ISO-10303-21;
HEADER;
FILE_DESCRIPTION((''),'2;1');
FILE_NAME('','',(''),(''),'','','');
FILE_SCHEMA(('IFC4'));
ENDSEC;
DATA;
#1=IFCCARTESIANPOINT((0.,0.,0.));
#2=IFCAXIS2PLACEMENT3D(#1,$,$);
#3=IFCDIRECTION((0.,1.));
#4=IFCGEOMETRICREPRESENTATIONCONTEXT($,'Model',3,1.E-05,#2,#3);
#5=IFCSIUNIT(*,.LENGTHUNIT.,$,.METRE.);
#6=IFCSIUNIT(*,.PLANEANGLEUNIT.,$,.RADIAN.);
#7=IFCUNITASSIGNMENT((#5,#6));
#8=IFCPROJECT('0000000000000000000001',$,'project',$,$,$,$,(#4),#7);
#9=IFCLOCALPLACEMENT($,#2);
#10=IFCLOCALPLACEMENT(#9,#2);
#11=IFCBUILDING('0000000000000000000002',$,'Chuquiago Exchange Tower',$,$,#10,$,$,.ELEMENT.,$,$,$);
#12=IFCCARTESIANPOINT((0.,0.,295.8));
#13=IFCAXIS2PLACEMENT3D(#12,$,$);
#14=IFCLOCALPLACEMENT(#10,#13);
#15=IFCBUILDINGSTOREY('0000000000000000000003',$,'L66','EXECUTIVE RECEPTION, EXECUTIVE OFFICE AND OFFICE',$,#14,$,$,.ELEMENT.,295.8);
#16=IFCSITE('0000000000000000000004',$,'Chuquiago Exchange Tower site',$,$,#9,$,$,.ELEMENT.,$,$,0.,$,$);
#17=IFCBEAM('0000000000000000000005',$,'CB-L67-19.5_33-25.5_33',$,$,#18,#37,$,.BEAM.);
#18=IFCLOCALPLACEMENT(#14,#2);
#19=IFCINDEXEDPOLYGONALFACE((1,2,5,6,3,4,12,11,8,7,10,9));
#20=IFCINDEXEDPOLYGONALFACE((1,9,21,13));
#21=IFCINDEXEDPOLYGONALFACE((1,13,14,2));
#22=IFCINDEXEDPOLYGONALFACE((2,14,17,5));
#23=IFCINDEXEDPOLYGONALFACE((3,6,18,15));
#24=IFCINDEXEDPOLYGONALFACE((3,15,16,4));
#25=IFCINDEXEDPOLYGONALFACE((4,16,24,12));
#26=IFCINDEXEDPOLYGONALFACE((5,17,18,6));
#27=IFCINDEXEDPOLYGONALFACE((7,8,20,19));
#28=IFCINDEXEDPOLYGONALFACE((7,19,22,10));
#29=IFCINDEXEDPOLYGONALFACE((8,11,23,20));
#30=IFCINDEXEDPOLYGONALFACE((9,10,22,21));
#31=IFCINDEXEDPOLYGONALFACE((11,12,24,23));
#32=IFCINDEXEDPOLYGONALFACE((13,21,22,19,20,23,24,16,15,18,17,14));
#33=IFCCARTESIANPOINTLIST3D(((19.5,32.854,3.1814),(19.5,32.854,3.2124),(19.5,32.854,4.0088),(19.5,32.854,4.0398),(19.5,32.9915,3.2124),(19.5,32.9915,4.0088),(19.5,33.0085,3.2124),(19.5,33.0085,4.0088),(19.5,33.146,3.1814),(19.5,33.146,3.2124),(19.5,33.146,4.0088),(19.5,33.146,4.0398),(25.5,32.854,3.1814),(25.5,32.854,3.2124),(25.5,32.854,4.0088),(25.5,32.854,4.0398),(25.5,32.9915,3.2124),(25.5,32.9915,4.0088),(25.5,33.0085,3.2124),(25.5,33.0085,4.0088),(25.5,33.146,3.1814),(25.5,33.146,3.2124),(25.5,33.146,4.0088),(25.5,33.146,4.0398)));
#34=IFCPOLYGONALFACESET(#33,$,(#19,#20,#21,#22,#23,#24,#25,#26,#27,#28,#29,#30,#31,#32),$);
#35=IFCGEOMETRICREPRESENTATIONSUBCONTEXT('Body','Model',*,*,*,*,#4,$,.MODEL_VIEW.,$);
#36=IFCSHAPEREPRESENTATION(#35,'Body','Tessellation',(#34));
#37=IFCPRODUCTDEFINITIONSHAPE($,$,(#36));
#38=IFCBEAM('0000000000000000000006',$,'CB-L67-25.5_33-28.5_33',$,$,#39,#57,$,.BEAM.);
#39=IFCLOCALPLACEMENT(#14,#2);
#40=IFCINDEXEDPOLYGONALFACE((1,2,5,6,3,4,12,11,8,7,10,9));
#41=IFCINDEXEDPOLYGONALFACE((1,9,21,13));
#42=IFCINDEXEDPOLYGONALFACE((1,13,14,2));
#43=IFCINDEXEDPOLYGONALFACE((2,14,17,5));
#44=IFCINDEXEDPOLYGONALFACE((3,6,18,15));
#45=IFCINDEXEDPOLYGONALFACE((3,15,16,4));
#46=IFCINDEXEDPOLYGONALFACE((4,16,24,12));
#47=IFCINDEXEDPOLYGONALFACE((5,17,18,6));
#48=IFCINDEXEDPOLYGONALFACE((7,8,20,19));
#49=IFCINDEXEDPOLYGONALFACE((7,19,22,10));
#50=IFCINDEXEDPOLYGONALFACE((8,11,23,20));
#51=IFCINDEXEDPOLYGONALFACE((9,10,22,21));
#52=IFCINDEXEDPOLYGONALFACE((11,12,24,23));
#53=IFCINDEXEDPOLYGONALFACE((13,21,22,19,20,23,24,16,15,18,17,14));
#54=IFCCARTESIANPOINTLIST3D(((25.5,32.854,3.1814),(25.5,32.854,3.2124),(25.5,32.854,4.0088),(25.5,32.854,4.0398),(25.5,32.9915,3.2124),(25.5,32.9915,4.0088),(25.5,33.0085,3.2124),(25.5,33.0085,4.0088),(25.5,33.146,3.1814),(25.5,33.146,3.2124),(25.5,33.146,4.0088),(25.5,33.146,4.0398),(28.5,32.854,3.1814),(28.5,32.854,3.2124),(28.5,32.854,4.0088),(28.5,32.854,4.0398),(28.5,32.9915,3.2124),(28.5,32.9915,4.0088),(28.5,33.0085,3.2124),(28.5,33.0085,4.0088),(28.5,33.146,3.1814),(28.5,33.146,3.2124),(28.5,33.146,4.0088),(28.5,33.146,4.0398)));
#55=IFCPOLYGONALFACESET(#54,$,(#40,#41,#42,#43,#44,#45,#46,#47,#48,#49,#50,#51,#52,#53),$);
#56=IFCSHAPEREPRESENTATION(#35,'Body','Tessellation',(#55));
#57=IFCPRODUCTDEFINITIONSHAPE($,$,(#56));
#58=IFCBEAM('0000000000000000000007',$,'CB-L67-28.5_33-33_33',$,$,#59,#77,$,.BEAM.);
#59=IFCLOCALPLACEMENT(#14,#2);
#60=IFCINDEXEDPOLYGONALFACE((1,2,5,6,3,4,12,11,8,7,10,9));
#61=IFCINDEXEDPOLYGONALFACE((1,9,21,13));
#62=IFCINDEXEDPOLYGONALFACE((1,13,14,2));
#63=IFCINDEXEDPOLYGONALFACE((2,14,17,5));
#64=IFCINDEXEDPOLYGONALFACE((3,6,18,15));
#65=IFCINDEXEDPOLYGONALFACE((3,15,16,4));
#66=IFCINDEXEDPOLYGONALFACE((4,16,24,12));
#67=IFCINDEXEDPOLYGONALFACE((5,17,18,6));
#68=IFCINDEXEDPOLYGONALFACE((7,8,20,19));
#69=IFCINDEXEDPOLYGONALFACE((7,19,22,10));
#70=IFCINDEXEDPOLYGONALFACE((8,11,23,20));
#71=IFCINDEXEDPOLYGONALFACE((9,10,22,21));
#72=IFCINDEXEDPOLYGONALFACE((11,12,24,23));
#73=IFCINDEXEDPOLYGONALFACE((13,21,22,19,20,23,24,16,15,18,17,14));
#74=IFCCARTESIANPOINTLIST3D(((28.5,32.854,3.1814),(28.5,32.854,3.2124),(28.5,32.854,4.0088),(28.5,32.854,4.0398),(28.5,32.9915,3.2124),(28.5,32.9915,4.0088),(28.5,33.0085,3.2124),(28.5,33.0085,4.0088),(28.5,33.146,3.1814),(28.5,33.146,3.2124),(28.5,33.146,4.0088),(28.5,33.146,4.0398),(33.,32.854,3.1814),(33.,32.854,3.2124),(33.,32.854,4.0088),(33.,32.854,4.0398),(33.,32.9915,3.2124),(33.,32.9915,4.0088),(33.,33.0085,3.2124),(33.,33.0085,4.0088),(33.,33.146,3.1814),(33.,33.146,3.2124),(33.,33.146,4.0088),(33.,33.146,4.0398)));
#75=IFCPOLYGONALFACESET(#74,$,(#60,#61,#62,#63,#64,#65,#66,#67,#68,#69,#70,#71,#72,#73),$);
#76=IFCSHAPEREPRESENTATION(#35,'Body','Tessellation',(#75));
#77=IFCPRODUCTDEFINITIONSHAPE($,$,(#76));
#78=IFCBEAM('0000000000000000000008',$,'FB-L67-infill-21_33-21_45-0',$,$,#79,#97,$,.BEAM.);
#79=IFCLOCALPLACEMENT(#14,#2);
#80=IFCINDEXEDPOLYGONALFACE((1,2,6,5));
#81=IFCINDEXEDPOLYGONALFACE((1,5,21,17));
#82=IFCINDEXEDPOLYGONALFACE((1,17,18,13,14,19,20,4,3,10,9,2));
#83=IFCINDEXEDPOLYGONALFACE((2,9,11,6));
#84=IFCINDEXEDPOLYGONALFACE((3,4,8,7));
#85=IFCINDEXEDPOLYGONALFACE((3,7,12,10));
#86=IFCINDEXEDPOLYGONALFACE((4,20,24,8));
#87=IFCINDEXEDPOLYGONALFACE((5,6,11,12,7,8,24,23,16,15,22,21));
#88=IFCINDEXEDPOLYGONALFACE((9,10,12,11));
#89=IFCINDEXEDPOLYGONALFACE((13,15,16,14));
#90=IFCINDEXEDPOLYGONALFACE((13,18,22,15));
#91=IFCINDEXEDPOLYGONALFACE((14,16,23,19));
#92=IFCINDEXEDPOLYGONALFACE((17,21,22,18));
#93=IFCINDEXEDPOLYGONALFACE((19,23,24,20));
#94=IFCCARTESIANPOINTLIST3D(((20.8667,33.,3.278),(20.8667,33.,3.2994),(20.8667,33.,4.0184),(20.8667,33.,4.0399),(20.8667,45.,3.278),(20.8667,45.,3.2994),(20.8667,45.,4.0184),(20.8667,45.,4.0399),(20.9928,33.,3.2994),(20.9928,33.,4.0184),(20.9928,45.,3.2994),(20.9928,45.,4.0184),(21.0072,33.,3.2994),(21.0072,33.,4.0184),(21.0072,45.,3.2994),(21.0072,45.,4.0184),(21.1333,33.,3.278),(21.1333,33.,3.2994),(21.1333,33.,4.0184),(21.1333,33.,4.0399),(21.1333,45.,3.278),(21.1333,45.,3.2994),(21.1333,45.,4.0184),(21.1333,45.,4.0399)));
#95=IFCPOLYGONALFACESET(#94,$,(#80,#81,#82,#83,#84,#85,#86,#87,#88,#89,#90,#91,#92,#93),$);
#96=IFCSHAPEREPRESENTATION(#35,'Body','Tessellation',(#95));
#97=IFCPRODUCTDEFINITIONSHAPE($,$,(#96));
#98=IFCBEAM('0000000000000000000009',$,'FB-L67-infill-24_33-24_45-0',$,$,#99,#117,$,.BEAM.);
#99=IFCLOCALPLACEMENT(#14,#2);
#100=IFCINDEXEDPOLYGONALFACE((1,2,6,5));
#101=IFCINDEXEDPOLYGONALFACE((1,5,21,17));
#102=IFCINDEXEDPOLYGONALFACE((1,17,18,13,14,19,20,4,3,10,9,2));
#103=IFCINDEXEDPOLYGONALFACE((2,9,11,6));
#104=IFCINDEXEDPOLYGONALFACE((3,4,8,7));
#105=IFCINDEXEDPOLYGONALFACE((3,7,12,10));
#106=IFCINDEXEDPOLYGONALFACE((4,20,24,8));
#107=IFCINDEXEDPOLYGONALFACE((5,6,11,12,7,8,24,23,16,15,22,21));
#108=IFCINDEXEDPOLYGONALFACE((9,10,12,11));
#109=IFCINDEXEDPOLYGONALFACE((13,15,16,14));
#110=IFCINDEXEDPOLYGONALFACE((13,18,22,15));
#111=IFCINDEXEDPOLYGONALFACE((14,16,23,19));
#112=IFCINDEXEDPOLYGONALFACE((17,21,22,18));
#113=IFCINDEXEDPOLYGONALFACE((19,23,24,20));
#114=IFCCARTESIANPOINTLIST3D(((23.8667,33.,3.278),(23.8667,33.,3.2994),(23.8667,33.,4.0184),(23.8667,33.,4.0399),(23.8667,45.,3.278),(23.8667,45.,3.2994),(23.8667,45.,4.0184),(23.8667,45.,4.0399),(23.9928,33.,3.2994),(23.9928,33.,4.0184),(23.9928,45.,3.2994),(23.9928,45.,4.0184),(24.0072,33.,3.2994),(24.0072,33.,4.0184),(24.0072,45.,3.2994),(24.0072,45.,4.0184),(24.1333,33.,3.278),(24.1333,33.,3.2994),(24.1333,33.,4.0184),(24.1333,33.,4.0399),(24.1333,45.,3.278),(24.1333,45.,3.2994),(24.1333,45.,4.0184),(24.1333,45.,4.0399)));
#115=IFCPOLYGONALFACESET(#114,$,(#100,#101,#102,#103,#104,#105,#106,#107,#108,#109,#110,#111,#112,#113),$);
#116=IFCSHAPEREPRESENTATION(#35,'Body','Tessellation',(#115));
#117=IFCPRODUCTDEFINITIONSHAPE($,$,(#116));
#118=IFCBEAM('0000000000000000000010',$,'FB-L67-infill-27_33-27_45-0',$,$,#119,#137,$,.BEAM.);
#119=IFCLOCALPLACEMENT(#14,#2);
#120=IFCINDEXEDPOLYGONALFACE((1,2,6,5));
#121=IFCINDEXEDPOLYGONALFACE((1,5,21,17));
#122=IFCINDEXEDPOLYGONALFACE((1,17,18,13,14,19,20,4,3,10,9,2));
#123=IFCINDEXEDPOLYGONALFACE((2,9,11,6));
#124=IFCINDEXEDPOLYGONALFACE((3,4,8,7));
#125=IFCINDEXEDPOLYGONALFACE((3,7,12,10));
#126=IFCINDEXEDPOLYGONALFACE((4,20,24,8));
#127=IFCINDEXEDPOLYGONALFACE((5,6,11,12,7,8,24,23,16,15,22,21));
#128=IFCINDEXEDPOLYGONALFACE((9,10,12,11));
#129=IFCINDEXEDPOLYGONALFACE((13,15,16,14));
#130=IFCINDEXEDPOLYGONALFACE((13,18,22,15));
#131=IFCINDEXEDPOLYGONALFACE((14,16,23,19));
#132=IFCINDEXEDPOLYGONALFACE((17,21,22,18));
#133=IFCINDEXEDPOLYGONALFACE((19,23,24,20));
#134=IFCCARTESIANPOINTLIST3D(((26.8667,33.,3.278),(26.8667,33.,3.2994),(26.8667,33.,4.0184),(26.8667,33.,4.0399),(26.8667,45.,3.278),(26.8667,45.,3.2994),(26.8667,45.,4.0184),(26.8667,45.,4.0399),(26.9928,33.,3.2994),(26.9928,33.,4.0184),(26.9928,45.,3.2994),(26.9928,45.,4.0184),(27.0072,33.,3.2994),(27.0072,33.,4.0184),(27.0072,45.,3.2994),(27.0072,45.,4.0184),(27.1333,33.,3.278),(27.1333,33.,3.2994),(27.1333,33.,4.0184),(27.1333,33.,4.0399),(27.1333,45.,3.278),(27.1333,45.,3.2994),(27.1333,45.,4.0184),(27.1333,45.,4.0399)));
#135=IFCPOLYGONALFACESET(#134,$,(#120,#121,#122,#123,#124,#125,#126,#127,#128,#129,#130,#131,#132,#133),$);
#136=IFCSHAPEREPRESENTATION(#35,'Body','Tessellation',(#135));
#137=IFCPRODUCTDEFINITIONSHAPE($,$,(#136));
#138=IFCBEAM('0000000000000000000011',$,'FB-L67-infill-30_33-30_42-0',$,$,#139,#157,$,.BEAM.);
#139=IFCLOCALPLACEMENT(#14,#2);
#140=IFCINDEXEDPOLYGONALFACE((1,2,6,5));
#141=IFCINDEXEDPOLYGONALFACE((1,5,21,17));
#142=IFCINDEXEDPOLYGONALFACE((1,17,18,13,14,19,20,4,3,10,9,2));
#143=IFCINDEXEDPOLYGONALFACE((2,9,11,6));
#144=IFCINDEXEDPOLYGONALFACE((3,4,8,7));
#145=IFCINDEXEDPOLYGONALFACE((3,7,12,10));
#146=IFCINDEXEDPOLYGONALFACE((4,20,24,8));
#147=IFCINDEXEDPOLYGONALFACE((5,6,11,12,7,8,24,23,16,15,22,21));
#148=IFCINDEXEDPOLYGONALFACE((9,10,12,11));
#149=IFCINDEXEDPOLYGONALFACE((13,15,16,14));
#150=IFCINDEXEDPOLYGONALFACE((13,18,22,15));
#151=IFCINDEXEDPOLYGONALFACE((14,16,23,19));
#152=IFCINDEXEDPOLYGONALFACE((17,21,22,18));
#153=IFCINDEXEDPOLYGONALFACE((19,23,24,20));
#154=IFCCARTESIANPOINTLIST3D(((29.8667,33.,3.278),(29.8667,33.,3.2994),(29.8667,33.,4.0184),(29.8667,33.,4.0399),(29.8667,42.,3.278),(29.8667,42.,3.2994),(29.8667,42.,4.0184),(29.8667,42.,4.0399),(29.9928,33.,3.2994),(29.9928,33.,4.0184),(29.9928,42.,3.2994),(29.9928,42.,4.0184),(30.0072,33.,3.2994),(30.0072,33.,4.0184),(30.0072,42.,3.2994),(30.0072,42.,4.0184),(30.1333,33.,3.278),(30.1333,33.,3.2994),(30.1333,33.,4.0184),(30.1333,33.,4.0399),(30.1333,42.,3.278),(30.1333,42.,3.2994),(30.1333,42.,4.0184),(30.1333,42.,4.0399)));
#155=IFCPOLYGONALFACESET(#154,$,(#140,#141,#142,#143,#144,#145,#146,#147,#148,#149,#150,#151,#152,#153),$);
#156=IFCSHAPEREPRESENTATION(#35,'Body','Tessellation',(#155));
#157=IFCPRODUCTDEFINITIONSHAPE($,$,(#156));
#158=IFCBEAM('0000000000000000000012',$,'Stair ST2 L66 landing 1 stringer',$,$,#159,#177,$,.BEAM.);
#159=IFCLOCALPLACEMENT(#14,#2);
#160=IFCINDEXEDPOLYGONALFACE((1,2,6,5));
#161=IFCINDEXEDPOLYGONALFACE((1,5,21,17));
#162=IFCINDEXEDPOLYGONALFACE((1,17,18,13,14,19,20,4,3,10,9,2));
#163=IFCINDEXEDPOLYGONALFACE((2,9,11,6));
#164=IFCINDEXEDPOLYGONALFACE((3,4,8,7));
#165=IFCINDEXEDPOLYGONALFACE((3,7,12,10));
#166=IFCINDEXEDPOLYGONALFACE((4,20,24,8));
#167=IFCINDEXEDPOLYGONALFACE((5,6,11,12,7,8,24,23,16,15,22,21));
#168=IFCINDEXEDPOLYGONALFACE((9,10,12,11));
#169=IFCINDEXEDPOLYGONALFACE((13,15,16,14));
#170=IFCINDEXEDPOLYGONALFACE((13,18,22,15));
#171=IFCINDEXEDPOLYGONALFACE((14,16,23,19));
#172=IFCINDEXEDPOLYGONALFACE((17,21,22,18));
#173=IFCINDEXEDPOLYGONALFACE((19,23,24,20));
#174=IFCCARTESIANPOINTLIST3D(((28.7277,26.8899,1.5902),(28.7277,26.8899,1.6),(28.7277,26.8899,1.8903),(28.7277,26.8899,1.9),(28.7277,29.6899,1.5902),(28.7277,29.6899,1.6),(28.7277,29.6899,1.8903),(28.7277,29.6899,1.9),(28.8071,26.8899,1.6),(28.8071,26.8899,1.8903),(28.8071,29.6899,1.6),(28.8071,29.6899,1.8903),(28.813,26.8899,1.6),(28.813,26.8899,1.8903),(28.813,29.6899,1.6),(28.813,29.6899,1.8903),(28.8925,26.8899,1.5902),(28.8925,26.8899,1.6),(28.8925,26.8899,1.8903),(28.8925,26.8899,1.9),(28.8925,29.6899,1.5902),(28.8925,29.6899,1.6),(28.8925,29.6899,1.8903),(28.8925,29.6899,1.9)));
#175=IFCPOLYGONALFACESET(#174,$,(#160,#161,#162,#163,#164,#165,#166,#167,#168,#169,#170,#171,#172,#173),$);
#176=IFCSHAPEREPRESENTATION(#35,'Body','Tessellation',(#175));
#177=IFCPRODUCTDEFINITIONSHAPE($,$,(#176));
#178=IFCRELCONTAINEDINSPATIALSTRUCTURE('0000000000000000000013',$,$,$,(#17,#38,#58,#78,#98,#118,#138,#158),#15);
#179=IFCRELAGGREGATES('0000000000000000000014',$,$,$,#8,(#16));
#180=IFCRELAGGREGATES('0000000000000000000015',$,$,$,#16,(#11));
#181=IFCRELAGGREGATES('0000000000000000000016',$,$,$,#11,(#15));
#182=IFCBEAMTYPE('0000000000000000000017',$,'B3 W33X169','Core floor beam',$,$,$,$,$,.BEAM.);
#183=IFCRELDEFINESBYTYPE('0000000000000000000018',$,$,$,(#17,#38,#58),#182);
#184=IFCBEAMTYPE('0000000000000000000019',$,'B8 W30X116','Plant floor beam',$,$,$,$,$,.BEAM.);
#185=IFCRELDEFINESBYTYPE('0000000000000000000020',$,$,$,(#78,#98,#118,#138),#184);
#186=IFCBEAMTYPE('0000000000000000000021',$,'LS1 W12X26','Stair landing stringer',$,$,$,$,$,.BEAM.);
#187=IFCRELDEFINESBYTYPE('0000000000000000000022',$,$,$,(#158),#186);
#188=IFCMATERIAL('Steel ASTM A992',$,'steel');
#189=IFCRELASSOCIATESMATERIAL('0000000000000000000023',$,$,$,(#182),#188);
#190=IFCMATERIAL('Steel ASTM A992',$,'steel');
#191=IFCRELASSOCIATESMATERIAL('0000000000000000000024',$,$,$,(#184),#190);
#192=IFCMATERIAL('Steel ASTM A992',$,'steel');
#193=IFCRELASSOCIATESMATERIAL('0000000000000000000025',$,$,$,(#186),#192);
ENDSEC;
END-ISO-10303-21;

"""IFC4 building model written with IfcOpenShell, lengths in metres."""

from ifc_helpers import new_model, si_unit, direction, frame, origin, origin_2d, place, context, subcontext, project, spatial, i_section, extrude, material, material_profile, profile_set, type_object, element, save


model = new_model("IFC4")

# Units and contexts
model_context = context("Model", 3, precision=1e-05, world=origin(), true_north=direction((0.0, 1.0)))
body_context = subcontext(model_context, "Body", "Model", "MODEL_VIEW")
ifc_project = project(units=[si_unit("LENGTHUNIT", "METRE"), si_unit("PLANEANGLEUNIT", "RADIAN")], contexts=[model_context])

# Site, building, storey
site_placement = place(None, origin())
site = spatial("IfcSite", under=ifc_project, at=site_placement, Name="Chuquiago Exchange Tower site", CompositionType="ELEMENT", RefElevation=0.0)
building_placement = place(site_placement, origin())
building = spatial("IfcBuilding", under=site, at=building_placement, Name="Chuquiago Exchange Tower", CompositionType="ELEMENT")
storey_placement = place(building_placement, frame((0.0, 0.0, 295.8)))
storey = spatial("IfcBuildingStorey", under=building, at=storey_placement, Name="L66", Description="EXECUTIVE RECEPTION, EXECUTIVE OFFICE AND OFFICE", CompositionType="ELEMENT", Elevation=295.8)

# Beams
ifc_material_1 = material(Name="Steel ASTM A992", Category="steel")
ifc_material_profile_1 = material_profile(ifc_material_1, i_section(OverallWidth=0.292, OverallDepth=0.8584, WebThickness=0.0171, FlangeThickness=0.031, at=origin_2d()), Name="W33X169")
ifc_profile_set_1 = profile_set([ifc_material_profile_1], Name="Steel ASTM A992")
beam_type_1 = type_object("IfcBeamType", Name="B3 W33X169", Description="Core floor beam", PredefinedType="BEAM", material=ifc_profile_set_1)
beam_1_placement = place(storey_placement, frame((19.5, 33.0, 3.6106), z_axis=(1.0, 0.0, 0.0), x_axis=(0.0, 1.0, 0.0)))
element("IfcBeam", 1, at=beam_1_placement, inside=storey, type_object=beam_type_1, Name="CB-L67-19.5_33-25.5_33", PredefinedType="BEAM", context=body_context, shape_type="SweptSolid", body=[
    extrude(i_section(OverallWidth=0.292, OverallDepth=0.8584, WebThickness=0.0171, FlangeThickness=0.031, at=origin_2d()), origin(), (0.0, 0.0, 1.0), 6.0),
])
beam_2_placement = place(storey_placement, frame((25.5, 33.0, 3.6106), z_axis=(1.0, 0.0, 0.0), x_axis=(0.0, 1.0, 0.0)))
element("IfcBeam", 2, at=beam_2_placement, inside=storey, type_object=beam_type_1, Name="CB-L67-25.5_33-28.5_33", PredefinedType="BEAM", context=body_context, shape_type="SweptSolid", body=[
    extrude(i_section(OverallWidth=0.292, OverallDepth=0.8584, WebThickness=0.0171, FlangeThickness=0.031, at=origin_2d()), origin(), (0.0, 0.0, 1.0), 3.0),
])
beam_3_placement = place(storey_placement, frame((28.5, 33.0, 3.6106), z_axis=(1.0, 0.0, 0.0), x_axis=(0.0, 1.0, 0.0)))
element("IfcBeam", 3, at=beam_3_placement, inside=storey, type_object=beam_type_1, Name="CB-L67-28.5_33-33_33", PredefinedType="BEAM", context=body_context, shape_type="SweptSolid", body=[
    extrude(i_section(OverallWidth=0.292, OverallDepth=0.8584, WebThickness=0.0171, FlangeThickness=0.031, at=origin_2d()), origin(), (0.0, 0.0, 1.0), 4.5),
])
ifc_material_2 = material(Name="Steel ASTM A992", Category="steel")
ifc_material_profile_2 = material_profile(ifc_material_2, i_section(OverallWidth=0.2666, OverallDepth=0.762, WebThickness=0.0144, FlangeThickness=0.0215, at=origin_2d()), Name="W30X116")
ifc_profile_set_2 = profile_set([ifc_material_profile_2], Name="Steel ASTM A992")
beam_type_2 = type_object("IfcBeamType", Name="B8 W30X116", Description="Plant floor beam", PredefinedType="BEAM", material=ifc_profile_set_2)
for number, where, z_axis, x_axis, name in (
    (4, (21.0, 33.0, 3.6589), (0.0, 1.0, 0.0), (-1.0, 0.0, 0.0), "FB-L67-infill-21_33-21_45-0"),
    (5, (24.0, 33.0, 3.6589), (0.0, 1.0, 0.0), (-1.0, 0.0, 0.0), "FB-L67-infill-24_33-24_45-0"),
    (6, (27.0, 33.0, 3.6589), (0.0, 1.0, 0.0), (-1.0, 0.0, 0.0), "FB-L67-infill-27_33-27_45-0"),
):
    element("IfcBeam", number, at=place(storey_placement, frame(where, z_axis=z_axis, x_axis=x_axis)), inside=storey, type_object=beam_type_2, Name=name, PredefinedType="BEAM", context=body_context, shape_type="SweptSolid", body=[
        extrude(i_section(OverallWidth=0.2666, OverallDepth=0.762, WebThickness=0.0144, FlangeThickness=0.0215, at=origin_2d()), origin(), (0.0, 0.0, 1.0), 12.0),
    ])
beam_4_placement = place(storey_placement, frame((30.0, 33.0, 3.6589), z_axis=(0.0, 1.0, 0.0), x_axis=(-1.0, 0.0, 0.0)))
element("IfcBeam", 7, at=beam_4_placement, inside=storey, type_object=beam_type_2, Name="FB-L67-infill-30_33-30_42-0", PredefinedType="BEAM", context=body_context, shape_type="SweptSolid", body=[
    extrude(i_section(OverallWidth=0.2666, OverallDepth=0.762, WebThickness=0.0144, FlangeThickness=0.0215, at=origin_2d()), origin(), (0.0, 0.0, 1.0), 9.0),
])
ifc_material_3 = material(Name="Steel ASTM A992", Category="steel")
ifc_material_profile_3 = material_profile(ifc_material_3, i_section(OverallWidth=0.1648, OverallDepth=0.3098, WebThickness=0.0059, FlangeThickness=0.0098, at=origin_2d()), Name="W12X26")
ifc_profile_set_3 = profile_set([ifc_material_profile_3], Name="Steel ASTM A992")
beam_type_3 = type_object("IfcBeamType", Name="LS1 W12X26", Description="Stair landing stringer", PredefinedType="BEAM", material=ifc_profile_set_3)
beam_5_placement = place(storey_placement, frame((28.8101, 26.8899, 1.7451), z_axis=(0.0, 1.0, 0.0), x_axis=(-1.0, 0.0, 0.0)))
element("IfcBeam", 8, at=beam_5_placement, inside=storey, type_object=beam_type_3, Name="Stair ST2 L66 landing 1 stringer", PredefinedType="BEAM", context=body_context, shape_type="SweptSolid", body=[
    extrude(i_section(OverallWidth=0.1648, OverallDepth=0.3098, WebThickness=0.0059, FlangeThickness=0.0098, at=origin_2d()), origin(), (0.0, 0.0, 1.0), 2.8),
])

save(model, "model.ifc")
